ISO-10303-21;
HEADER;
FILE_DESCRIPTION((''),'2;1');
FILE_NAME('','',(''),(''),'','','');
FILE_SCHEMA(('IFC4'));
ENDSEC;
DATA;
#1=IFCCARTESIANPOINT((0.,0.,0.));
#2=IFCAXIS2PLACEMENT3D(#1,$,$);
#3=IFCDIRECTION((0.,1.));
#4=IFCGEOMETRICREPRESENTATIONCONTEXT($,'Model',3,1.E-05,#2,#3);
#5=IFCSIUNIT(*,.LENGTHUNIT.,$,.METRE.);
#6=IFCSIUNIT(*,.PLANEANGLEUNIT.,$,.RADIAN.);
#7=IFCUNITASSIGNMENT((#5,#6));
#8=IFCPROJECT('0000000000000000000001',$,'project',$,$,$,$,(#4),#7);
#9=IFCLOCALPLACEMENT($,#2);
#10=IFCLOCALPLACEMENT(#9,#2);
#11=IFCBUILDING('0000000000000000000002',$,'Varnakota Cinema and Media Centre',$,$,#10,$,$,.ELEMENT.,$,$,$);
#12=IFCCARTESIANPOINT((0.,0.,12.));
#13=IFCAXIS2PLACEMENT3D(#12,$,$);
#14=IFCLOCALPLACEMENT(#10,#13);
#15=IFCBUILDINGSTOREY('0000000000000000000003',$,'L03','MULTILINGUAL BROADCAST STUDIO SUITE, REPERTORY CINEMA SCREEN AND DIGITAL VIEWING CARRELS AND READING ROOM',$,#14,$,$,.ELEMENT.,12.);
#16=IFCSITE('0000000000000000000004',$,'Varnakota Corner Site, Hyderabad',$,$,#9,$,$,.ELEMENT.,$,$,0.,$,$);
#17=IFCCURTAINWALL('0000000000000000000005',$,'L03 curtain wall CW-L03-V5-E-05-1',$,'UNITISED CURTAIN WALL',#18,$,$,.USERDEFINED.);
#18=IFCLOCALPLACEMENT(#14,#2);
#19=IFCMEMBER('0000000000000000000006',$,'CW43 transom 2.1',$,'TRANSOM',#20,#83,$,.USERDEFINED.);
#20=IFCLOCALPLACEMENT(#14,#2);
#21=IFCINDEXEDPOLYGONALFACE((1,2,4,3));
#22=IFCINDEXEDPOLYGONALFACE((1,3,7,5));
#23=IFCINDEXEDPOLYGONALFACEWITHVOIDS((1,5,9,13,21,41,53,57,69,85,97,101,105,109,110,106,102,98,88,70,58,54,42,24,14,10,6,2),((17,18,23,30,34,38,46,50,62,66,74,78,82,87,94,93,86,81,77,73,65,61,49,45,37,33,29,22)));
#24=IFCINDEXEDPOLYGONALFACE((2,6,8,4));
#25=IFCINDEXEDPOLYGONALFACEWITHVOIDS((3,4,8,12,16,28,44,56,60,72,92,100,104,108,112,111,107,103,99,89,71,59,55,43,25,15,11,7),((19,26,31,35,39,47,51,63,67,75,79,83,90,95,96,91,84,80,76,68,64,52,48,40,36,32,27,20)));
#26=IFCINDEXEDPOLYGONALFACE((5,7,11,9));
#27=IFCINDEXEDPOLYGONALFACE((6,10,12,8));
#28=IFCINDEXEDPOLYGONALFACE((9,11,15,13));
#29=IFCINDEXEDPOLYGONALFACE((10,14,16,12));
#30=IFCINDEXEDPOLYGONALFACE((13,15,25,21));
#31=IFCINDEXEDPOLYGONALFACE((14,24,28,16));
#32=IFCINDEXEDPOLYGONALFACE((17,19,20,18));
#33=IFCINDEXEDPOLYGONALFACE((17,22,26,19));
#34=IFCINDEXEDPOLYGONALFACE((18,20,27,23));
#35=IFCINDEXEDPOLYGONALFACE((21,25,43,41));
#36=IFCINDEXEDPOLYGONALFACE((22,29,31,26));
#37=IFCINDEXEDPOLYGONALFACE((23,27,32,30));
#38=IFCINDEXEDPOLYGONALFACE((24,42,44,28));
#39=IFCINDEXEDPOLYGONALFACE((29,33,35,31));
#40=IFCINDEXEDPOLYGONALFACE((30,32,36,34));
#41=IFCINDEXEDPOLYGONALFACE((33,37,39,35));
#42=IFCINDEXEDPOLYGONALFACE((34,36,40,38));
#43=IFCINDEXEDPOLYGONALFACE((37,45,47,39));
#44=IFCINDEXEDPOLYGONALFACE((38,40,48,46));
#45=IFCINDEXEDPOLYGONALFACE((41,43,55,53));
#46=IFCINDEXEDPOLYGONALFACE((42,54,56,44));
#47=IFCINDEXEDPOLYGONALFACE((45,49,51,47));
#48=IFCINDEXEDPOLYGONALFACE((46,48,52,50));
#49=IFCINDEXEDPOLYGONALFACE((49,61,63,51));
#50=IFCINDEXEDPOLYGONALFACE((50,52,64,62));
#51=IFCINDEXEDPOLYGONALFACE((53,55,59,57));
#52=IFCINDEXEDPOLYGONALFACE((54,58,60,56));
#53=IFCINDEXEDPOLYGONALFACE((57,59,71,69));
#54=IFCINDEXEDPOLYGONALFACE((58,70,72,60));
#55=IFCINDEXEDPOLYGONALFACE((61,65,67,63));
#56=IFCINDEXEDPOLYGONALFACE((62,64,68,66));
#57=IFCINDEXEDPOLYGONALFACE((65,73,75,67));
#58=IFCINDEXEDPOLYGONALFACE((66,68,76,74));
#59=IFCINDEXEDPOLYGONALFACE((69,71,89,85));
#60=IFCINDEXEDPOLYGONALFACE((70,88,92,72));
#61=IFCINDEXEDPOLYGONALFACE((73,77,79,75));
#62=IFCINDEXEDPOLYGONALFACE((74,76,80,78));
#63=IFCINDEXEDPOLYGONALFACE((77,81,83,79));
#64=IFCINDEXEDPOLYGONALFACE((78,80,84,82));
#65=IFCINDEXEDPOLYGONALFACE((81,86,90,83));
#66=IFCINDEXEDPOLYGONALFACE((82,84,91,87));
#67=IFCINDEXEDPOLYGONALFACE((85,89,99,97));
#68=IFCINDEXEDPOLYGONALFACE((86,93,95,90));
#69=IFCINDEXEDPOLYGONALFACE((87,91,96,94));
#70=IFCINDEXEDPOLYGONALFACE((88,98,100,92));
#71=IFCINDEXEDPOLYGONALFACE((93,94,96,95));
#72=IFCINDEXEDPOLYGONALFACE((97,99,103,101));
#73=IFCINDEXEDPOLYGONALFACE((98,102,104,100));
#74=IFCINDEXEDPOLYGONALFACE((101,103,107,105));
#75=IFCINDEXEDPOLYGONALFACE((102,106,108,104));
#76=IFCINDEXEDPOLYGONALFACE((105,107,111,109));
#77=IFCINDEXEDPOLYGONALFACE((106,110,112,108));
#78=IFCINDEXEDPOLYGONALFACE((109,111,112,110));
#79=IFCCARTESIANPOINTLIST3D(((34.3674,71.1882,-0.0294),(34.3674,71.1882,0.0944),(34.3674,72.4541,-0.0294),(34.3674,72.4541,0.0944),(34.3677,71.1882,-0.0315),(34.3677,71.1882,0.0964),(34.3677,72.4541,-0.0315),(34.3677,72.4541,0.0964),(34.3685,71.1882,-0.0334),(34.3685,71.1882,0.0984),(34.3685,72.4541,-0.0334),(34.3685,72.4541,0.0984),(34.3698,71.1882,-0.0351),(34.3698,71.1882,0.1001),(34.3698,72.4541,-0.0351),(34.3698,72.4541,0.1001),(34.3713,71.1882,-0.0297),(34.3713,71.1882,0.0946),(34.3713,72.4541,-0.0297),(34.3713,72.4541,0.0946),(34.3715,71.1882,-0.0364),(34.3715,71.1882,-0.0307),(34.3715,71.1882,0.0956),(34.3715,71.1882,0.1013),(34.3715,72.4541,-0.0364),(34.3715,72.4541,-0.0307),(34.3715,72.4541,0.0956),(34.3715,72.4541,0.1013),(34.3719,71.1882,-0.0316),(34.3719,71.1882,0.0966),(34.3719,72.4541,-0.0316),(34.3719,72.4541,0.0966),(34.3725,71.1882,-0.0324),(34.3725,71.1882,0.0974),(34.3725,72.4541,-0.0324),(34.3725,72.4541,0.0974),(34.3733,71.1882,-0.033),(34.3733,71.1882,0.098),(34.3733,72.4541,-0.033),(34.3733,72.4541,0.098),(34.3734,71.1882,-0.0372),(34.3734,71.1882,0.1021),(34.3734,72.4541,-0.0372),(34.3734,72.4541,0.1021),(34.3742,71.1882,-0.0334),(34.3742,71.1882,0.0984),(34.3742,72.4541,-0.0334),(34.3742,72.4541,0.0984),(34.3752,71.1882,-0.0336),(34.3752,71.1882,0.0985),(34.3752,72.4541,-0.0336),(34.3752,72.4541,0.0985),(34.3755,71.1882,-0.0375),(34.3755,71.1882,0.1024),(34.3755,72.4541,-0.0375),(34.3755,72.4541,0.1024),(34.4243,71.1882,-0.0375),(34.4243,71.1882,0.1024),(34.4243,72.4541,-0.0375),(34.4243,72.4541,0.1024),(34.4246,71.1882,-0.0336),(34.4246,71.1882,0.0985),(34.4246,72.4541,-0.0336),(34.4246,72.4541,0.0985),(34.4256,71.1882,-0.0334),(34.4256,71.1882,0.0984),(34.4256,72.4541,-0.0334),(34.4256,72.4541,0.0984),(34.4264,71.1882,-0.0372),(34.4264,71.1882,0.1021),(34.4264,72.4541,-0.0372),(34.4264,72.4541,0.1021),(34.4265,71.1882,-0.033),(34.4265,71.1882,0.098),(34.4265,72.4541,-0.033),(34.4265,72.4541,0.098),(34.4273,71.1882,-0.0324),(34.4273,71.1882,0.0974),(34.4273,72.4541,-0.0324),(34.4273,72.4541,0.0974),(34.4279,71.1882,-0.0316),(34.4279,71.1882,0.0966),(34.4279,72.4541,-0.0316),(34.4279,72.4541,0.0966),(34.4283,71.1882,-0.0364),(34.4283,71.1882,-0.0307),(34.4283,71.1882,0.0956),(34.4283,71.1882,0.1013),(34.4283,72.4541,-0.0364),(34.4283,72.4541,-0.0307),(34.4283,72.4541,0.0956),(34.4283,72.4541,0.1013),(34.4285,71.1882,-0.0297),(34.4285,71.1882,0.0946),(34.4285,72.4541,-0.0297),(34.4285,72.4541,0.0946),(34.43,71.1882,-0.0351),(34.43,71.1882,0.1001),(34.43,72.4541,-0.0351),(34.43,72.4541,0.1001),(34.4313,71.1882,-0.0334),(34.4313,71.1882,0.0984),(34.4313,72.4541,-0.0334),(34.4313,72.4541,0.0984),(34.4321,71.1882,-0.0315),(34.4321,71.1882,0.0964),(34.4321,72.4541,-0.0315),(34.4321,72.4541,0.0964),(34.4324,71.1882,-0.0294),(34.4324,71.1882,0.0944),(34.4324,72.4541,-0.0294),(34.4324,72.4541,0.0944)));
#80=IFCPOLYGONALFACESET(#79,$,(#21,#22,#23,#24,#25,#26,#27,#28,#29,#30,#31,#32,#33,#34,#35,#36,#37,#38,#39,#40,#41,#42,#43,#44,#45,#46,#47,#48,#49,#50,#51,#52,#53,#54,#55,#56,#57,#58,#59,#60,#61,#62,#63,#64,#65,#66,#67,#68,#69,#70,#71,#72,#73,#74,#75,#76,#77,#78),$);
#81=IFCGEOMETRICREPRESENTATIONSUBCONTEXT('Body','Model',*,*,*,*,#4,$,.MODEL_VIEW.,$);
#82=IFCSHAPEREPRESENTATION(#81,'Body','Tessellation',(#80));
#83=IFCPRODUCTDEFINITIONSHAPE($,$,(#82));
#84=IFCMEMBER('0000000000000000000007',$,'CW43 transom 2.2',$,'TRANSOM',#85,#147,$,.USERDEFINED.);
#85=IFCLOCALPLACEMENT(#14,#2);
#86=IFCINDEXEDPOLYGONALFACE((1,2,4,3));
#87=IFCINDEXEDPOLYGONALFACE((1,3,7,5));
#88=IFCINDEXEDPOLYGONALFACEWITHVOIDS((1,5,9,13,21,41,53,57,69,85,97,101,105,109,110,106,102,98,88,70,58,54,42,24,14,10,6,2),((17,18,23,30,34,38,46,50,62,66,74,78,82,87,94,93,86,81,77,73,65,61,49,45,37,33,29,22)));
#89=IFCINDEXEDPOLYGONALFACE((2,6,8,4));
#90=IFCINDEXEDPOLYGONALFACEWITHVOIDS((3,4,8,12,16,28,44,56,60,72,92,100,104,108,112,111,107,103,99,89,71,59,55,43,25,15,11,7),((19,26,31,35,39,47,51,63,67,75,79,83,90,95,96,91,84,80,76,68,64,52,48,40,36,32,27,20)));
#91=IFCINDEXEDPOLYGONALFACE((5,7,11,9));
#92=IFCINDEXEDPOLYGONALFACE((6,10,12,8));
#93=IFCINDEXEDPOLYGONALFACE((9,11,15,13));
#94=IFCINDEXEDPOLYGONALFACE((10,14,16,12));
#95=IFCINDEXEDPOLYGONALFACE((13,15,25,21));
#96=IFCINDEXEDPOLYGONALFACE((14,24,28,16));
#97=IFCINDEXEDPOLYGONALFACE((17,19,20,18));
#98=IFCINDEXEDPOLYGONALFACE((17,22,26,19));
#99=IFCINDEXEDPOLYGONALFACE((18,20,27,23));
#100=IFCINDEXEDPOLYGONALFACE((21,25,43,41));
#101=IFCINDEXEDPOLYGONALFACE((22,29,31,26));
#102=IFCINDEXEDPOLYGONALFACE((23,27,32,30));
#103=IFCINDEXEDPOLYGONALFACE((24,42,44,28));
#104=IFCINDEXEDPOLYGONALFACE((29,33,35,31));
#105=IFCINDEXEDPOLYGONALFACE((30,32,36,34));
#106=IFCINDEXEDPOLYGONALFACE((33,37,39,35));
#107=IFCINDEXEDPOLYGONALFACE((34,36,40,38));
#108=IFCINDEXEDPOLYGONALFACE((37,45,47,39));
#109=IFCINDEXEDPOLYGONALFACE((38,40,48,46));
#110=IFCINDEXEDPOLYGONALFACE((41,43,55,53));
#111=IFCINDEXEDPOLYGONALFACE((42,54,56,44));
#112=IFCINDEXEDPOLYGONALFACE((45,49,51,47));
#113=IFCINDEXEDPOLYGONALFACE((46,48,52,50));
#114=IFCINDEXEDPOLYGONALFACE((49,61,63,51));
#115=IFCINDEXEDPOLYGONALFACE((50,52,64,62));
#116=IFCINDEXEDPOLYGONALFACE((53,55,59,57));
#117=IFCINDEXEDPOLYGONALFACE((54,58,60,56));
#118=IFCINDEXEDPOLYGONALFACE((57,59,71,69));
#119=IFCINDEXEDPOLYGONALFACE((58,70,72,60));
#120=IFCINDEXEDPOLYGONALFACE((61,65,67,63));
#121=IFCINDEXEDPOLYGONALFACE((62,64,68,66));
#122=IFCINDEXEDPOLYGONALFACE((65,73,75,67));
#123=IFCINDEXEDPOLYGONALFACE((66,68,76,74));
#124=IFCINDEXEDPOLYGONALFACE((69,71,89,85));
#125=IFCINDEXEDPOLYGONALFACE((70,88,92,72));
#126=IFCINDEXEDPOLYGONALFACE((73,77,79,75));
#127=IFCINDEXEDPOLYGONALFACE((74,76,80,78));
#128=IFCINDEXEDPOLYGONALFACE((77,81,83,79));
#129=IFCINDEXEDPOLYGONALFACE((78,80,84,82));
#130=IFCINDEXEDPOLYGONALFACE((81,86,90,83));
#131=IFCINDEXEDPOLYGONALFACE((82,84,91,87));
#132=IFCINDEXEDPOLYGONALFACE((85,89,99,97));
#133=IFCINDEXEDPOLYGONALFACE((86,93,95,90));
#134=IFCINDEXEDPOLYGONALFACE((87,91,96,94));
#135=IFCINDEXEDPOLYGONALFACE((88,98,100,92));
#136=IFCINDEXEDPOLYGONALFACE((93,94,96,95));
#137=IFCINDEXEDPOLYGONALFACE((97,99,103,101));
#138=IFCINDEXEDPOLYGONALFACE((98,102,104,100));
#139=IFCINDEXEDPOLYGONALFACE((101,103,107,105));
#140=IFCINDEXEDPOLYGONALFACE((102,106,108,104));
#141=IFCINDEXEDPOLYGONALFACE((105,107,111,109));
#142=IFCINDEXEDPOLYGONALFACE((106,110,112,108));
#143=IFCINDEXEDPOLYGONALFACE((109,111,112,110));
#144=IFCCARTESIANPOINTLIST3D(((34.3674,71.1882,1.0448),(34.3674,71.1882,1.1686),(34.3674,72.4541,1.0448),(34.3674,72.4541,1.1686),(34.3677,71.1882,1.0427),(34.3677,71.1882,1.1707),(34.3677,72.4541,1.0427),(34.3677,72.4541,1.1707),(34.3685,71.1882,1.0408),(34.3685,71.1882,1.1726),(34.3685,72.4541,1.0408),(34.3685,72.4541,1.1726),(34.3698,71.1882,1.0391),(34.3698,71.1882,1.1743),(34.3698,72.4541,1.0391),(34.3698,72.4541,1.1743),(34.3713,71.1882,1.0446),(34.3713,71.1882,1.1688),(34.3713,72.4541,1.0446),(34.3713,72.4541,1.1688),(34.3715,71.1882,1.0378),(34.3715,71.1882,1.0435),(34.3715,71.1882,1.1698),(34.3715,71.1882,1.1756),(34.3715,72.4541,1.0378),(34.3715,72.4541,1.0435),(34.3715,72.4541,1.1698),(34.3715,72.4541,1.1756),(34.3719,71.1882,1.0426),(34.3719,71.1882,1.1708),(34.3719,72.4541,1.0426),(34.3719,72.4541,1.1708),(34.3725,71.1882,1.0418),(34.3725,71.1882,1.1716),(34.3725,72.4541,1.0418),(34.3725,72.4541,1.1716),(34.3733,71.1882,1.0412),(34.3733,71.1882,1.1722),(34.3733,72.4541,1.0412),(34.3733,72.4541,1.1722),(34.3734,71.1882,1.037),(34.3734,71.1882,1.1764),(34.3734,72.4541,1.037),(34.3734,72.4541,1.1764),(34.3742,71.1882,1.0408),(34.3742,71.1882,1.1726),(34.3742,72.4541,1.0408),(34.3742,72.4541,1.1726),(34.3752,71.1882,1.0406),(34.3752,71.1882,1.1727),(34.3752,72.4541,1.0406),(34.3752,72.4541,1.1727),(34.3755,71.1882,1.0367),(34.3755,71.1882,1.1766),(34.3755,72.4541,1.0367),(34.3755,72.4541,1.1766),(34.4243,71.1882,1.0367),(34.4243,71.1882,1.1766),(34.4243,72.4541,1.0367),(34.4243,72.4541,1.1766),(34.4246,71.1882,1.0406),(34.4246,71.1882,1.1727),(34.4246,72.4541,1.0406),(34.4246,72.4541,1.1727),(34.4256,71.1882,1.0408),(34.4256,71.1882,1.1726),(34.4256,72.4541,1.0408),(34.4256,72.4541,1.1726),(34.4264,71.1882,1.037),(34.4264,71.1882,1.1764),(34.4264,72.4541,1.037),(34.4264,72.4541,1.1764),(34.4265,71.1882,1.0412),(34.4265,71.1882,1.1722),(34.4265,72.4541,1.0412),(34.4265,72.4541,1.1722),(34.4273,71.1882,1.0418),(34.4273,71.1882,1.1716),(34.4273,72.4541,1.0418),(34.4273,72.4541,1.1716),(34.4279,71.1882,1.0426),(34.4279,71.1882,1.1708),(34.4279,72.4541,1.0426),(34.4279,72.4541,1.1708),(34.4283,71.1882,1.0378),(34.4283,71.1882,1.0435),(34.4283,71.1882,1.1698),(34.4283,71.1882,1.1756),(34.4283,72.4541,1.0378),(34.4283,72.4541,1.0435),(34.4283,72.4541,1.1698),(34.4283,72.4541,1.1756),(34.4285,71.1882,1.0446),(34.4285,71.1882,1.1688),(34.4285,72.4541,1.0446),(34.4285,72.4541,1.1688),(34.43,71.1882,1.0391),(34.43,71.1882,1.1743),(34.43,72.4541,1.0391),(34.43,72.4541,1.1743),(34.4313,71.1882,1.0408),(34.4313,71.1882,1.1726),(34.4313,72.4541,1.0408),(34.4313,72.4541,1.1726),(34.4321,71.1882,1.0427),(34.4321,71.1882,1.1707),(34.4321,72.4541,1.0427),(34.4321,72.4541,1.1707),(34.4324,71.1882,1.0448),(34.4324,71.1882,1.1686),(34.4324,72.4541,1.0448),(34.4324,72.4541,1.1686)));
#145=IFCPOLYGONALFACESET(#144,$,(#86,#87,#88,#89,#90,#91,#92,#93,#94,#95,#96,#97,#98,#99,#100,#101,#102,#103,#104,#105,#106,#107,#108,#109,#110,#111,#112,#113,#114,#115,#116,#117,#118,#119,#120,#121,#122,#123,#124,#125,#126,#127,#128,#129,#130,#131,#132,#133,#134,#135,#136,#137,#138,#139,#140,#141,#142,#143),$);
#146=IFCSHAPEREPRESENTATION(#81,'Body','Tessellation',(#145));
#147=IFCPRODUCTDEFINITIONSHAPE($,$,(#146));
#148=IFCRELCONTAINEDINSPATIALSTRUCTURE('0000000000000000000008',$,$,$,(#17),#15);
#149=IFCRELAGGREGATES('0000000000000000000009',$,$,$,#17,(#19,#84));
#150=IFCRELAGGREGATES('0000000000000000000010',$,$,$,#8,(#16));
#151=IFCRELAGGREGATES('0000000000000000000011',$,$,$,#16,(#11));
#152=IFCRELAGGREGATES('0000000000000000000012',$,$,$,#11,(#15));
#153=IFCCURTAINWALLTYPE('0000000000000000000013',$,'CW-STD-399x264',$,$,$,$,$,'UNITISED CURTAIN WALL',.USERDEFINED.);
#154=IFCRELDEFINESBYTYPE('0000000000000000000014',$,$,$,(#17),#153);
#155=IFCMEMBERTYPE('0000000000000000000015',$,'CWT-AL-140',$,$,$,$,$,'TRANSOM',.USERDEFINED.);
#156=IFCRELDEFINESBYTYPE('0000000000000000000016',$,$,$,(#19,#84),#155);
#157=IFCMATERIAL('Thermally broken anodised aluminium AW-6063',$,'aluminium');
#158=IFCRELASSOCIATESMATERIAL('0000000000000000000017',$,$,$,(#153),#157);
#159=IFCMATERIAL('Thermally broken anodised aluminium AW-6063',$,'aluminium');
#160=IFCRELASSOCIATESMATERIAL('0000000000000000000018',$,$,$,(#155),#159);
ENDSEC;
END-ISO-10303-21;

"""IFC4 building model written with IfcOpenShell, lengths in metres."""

from ifc_helpers import new_model, si_unit, direction, frame, origin, origin_2d, place, context, subcontext, project, spatial, hollow_rectangle, extrude, material, material_profile, profile_set, type_object, element, aggregate, save


model = new_model("IFC4")

# Units and contexts
model_context = context("Model", 3, precision=1e-05, world=origin(), true_north=direction((0.0, 1.0)))
body_context = subcontext(model_context, "Body", "Model", "MODEL_VIEW")
ifc_project = project(units=[si_unit("LENGTHUNIT", "METRE"), si_unit("PLANEANGLEUNIT", "RADIAN")], contexts=[model_context])

# Site, building, storey
site_placement = place(None, origin())
site = spatial("IfcSite", under=ifc_project, at=site_placement, Name="Varnakota Corner Site, Hyderabad", CompositionType="ELEMENT", RefElevation=0.0)
building_placement = place(site_placement, origin())
building = spatial("IfcBuilding", under=site, at=building_placement, Name="Varnakota Cinema and Media Centre", CompositionType="ELEMENT")
storey_placement = place(building_placement, frame((0.0, 0.0, 12.0)))
storey = spatial("IfcBuildingStorey", under=building, at=storey_placement, Name="L03", Description="MULTILINGUAL BROADCAST STUDIO SUITE, REPERTORY CINEMA SCREEN AND DIGITAL VIEWING CARRELS AND READING ROOM", CompositionType="ELEMENT", Elevation=12.0)

# Shared definitions
ifc_material_1 = material(Name="Thermally broken anodised aluminium AW-6063", Category="aluminium")
curtain_wall_type = type_object("IfcCurtainWallType", Name="CW-STD-399x264", ElementType="UNITISED CURTAIN WALL", PredefinedType="USERDEFINED", material=ifc_material_1)

# Curtain wall, members
curtain_wall_1_placement = place(storey_placement, origin())
curtain_wall_1 = element("IfcCurtainWall", 1, at=curtain_wall_1_placement, inside=storey, type_object=curtain_wall_type, Name="L03 curtain wall CW-L03-V5-E-05-1", ObjectType="UNITISED CURTAIN WALL", PredefinedType="USERDEFINED")
ifc_material_2 = material(Name="Thermally broken anodised aluminium AW-6063", Category="aluminium")
ifc_material_profile_1 = material_profile(ifc_material_2, hollow_rectangle(XDim=0.0649, YDim=0.1399, WallThickness=0.0039, InnerFilletRadius=0.0039, OuterFilletRadius=0.0081, at=origin_2d()), Name="AL-TRANSOM 140x65x4")
ifc_profile_set_1 = profile_set([ifc_material_profile_1], Name="Thermally broken anodised aluminium AW-6063")
member_type_1 = type_object("IfcMemberType", Name="CWT-AL-140", ElementType="TRANSOM", PredefinedType="USERDEFINED", material=ifc_profile_set_1)
member_1_placement = place(storey_placement, frame((34.3999, 71.1882, 0.0325), z_axis=(0.0, 1.0, 0.0), x_axis=(-1.0, 0.0, 0.0)))
member_1 = element("IfcMember", 2, at=member_1_placement, type_object=member_type_1, Name="CW43 transom 2.1", ObjectType="TRANSOM", PredefinedType="USERDEFINED", context=body_context, shape_type="SweptSolid", body=[
    extrude(hollow_rectangle(XDim=0.0649, YDim=0.1399, WallThickness=0.0039, InnerFilletRadius=0.0039, OuterFilletRadius=0.0081, at=origin_2d()), origin(), (0.0, 0.0, 1.0), 1.2659),
])
member_2_placement = place(storey_placement, frame((34.3999, 71.1882, 1.1067), z_axis=(0.0, 1.0, 0.0), x_axis=(-1.0, 0.0, 0.0)))
member_2 = element("IfcMember", 3, at=member_2_placement, type_object=member_type_1, Name="CW43 transom 2.2", ObjectType="TRANSOM", PredefinedType="USERDEFINED", context=body_context, shape_type="SweptSolid", body=[
    extrude(hollow_rectangle(XDim=0.0649, YDim=0.1399, WallThickness=0.0039, InnerFilletRadius=0.0039, OuterFilletRadius=0.0081, at=origin_2d()), origin(), (0.0, 0.0, 1.0), 1.2659),
])

aggregate(curtain_wall_1, [member_1, member_2])

save(model, "model.ifc")
